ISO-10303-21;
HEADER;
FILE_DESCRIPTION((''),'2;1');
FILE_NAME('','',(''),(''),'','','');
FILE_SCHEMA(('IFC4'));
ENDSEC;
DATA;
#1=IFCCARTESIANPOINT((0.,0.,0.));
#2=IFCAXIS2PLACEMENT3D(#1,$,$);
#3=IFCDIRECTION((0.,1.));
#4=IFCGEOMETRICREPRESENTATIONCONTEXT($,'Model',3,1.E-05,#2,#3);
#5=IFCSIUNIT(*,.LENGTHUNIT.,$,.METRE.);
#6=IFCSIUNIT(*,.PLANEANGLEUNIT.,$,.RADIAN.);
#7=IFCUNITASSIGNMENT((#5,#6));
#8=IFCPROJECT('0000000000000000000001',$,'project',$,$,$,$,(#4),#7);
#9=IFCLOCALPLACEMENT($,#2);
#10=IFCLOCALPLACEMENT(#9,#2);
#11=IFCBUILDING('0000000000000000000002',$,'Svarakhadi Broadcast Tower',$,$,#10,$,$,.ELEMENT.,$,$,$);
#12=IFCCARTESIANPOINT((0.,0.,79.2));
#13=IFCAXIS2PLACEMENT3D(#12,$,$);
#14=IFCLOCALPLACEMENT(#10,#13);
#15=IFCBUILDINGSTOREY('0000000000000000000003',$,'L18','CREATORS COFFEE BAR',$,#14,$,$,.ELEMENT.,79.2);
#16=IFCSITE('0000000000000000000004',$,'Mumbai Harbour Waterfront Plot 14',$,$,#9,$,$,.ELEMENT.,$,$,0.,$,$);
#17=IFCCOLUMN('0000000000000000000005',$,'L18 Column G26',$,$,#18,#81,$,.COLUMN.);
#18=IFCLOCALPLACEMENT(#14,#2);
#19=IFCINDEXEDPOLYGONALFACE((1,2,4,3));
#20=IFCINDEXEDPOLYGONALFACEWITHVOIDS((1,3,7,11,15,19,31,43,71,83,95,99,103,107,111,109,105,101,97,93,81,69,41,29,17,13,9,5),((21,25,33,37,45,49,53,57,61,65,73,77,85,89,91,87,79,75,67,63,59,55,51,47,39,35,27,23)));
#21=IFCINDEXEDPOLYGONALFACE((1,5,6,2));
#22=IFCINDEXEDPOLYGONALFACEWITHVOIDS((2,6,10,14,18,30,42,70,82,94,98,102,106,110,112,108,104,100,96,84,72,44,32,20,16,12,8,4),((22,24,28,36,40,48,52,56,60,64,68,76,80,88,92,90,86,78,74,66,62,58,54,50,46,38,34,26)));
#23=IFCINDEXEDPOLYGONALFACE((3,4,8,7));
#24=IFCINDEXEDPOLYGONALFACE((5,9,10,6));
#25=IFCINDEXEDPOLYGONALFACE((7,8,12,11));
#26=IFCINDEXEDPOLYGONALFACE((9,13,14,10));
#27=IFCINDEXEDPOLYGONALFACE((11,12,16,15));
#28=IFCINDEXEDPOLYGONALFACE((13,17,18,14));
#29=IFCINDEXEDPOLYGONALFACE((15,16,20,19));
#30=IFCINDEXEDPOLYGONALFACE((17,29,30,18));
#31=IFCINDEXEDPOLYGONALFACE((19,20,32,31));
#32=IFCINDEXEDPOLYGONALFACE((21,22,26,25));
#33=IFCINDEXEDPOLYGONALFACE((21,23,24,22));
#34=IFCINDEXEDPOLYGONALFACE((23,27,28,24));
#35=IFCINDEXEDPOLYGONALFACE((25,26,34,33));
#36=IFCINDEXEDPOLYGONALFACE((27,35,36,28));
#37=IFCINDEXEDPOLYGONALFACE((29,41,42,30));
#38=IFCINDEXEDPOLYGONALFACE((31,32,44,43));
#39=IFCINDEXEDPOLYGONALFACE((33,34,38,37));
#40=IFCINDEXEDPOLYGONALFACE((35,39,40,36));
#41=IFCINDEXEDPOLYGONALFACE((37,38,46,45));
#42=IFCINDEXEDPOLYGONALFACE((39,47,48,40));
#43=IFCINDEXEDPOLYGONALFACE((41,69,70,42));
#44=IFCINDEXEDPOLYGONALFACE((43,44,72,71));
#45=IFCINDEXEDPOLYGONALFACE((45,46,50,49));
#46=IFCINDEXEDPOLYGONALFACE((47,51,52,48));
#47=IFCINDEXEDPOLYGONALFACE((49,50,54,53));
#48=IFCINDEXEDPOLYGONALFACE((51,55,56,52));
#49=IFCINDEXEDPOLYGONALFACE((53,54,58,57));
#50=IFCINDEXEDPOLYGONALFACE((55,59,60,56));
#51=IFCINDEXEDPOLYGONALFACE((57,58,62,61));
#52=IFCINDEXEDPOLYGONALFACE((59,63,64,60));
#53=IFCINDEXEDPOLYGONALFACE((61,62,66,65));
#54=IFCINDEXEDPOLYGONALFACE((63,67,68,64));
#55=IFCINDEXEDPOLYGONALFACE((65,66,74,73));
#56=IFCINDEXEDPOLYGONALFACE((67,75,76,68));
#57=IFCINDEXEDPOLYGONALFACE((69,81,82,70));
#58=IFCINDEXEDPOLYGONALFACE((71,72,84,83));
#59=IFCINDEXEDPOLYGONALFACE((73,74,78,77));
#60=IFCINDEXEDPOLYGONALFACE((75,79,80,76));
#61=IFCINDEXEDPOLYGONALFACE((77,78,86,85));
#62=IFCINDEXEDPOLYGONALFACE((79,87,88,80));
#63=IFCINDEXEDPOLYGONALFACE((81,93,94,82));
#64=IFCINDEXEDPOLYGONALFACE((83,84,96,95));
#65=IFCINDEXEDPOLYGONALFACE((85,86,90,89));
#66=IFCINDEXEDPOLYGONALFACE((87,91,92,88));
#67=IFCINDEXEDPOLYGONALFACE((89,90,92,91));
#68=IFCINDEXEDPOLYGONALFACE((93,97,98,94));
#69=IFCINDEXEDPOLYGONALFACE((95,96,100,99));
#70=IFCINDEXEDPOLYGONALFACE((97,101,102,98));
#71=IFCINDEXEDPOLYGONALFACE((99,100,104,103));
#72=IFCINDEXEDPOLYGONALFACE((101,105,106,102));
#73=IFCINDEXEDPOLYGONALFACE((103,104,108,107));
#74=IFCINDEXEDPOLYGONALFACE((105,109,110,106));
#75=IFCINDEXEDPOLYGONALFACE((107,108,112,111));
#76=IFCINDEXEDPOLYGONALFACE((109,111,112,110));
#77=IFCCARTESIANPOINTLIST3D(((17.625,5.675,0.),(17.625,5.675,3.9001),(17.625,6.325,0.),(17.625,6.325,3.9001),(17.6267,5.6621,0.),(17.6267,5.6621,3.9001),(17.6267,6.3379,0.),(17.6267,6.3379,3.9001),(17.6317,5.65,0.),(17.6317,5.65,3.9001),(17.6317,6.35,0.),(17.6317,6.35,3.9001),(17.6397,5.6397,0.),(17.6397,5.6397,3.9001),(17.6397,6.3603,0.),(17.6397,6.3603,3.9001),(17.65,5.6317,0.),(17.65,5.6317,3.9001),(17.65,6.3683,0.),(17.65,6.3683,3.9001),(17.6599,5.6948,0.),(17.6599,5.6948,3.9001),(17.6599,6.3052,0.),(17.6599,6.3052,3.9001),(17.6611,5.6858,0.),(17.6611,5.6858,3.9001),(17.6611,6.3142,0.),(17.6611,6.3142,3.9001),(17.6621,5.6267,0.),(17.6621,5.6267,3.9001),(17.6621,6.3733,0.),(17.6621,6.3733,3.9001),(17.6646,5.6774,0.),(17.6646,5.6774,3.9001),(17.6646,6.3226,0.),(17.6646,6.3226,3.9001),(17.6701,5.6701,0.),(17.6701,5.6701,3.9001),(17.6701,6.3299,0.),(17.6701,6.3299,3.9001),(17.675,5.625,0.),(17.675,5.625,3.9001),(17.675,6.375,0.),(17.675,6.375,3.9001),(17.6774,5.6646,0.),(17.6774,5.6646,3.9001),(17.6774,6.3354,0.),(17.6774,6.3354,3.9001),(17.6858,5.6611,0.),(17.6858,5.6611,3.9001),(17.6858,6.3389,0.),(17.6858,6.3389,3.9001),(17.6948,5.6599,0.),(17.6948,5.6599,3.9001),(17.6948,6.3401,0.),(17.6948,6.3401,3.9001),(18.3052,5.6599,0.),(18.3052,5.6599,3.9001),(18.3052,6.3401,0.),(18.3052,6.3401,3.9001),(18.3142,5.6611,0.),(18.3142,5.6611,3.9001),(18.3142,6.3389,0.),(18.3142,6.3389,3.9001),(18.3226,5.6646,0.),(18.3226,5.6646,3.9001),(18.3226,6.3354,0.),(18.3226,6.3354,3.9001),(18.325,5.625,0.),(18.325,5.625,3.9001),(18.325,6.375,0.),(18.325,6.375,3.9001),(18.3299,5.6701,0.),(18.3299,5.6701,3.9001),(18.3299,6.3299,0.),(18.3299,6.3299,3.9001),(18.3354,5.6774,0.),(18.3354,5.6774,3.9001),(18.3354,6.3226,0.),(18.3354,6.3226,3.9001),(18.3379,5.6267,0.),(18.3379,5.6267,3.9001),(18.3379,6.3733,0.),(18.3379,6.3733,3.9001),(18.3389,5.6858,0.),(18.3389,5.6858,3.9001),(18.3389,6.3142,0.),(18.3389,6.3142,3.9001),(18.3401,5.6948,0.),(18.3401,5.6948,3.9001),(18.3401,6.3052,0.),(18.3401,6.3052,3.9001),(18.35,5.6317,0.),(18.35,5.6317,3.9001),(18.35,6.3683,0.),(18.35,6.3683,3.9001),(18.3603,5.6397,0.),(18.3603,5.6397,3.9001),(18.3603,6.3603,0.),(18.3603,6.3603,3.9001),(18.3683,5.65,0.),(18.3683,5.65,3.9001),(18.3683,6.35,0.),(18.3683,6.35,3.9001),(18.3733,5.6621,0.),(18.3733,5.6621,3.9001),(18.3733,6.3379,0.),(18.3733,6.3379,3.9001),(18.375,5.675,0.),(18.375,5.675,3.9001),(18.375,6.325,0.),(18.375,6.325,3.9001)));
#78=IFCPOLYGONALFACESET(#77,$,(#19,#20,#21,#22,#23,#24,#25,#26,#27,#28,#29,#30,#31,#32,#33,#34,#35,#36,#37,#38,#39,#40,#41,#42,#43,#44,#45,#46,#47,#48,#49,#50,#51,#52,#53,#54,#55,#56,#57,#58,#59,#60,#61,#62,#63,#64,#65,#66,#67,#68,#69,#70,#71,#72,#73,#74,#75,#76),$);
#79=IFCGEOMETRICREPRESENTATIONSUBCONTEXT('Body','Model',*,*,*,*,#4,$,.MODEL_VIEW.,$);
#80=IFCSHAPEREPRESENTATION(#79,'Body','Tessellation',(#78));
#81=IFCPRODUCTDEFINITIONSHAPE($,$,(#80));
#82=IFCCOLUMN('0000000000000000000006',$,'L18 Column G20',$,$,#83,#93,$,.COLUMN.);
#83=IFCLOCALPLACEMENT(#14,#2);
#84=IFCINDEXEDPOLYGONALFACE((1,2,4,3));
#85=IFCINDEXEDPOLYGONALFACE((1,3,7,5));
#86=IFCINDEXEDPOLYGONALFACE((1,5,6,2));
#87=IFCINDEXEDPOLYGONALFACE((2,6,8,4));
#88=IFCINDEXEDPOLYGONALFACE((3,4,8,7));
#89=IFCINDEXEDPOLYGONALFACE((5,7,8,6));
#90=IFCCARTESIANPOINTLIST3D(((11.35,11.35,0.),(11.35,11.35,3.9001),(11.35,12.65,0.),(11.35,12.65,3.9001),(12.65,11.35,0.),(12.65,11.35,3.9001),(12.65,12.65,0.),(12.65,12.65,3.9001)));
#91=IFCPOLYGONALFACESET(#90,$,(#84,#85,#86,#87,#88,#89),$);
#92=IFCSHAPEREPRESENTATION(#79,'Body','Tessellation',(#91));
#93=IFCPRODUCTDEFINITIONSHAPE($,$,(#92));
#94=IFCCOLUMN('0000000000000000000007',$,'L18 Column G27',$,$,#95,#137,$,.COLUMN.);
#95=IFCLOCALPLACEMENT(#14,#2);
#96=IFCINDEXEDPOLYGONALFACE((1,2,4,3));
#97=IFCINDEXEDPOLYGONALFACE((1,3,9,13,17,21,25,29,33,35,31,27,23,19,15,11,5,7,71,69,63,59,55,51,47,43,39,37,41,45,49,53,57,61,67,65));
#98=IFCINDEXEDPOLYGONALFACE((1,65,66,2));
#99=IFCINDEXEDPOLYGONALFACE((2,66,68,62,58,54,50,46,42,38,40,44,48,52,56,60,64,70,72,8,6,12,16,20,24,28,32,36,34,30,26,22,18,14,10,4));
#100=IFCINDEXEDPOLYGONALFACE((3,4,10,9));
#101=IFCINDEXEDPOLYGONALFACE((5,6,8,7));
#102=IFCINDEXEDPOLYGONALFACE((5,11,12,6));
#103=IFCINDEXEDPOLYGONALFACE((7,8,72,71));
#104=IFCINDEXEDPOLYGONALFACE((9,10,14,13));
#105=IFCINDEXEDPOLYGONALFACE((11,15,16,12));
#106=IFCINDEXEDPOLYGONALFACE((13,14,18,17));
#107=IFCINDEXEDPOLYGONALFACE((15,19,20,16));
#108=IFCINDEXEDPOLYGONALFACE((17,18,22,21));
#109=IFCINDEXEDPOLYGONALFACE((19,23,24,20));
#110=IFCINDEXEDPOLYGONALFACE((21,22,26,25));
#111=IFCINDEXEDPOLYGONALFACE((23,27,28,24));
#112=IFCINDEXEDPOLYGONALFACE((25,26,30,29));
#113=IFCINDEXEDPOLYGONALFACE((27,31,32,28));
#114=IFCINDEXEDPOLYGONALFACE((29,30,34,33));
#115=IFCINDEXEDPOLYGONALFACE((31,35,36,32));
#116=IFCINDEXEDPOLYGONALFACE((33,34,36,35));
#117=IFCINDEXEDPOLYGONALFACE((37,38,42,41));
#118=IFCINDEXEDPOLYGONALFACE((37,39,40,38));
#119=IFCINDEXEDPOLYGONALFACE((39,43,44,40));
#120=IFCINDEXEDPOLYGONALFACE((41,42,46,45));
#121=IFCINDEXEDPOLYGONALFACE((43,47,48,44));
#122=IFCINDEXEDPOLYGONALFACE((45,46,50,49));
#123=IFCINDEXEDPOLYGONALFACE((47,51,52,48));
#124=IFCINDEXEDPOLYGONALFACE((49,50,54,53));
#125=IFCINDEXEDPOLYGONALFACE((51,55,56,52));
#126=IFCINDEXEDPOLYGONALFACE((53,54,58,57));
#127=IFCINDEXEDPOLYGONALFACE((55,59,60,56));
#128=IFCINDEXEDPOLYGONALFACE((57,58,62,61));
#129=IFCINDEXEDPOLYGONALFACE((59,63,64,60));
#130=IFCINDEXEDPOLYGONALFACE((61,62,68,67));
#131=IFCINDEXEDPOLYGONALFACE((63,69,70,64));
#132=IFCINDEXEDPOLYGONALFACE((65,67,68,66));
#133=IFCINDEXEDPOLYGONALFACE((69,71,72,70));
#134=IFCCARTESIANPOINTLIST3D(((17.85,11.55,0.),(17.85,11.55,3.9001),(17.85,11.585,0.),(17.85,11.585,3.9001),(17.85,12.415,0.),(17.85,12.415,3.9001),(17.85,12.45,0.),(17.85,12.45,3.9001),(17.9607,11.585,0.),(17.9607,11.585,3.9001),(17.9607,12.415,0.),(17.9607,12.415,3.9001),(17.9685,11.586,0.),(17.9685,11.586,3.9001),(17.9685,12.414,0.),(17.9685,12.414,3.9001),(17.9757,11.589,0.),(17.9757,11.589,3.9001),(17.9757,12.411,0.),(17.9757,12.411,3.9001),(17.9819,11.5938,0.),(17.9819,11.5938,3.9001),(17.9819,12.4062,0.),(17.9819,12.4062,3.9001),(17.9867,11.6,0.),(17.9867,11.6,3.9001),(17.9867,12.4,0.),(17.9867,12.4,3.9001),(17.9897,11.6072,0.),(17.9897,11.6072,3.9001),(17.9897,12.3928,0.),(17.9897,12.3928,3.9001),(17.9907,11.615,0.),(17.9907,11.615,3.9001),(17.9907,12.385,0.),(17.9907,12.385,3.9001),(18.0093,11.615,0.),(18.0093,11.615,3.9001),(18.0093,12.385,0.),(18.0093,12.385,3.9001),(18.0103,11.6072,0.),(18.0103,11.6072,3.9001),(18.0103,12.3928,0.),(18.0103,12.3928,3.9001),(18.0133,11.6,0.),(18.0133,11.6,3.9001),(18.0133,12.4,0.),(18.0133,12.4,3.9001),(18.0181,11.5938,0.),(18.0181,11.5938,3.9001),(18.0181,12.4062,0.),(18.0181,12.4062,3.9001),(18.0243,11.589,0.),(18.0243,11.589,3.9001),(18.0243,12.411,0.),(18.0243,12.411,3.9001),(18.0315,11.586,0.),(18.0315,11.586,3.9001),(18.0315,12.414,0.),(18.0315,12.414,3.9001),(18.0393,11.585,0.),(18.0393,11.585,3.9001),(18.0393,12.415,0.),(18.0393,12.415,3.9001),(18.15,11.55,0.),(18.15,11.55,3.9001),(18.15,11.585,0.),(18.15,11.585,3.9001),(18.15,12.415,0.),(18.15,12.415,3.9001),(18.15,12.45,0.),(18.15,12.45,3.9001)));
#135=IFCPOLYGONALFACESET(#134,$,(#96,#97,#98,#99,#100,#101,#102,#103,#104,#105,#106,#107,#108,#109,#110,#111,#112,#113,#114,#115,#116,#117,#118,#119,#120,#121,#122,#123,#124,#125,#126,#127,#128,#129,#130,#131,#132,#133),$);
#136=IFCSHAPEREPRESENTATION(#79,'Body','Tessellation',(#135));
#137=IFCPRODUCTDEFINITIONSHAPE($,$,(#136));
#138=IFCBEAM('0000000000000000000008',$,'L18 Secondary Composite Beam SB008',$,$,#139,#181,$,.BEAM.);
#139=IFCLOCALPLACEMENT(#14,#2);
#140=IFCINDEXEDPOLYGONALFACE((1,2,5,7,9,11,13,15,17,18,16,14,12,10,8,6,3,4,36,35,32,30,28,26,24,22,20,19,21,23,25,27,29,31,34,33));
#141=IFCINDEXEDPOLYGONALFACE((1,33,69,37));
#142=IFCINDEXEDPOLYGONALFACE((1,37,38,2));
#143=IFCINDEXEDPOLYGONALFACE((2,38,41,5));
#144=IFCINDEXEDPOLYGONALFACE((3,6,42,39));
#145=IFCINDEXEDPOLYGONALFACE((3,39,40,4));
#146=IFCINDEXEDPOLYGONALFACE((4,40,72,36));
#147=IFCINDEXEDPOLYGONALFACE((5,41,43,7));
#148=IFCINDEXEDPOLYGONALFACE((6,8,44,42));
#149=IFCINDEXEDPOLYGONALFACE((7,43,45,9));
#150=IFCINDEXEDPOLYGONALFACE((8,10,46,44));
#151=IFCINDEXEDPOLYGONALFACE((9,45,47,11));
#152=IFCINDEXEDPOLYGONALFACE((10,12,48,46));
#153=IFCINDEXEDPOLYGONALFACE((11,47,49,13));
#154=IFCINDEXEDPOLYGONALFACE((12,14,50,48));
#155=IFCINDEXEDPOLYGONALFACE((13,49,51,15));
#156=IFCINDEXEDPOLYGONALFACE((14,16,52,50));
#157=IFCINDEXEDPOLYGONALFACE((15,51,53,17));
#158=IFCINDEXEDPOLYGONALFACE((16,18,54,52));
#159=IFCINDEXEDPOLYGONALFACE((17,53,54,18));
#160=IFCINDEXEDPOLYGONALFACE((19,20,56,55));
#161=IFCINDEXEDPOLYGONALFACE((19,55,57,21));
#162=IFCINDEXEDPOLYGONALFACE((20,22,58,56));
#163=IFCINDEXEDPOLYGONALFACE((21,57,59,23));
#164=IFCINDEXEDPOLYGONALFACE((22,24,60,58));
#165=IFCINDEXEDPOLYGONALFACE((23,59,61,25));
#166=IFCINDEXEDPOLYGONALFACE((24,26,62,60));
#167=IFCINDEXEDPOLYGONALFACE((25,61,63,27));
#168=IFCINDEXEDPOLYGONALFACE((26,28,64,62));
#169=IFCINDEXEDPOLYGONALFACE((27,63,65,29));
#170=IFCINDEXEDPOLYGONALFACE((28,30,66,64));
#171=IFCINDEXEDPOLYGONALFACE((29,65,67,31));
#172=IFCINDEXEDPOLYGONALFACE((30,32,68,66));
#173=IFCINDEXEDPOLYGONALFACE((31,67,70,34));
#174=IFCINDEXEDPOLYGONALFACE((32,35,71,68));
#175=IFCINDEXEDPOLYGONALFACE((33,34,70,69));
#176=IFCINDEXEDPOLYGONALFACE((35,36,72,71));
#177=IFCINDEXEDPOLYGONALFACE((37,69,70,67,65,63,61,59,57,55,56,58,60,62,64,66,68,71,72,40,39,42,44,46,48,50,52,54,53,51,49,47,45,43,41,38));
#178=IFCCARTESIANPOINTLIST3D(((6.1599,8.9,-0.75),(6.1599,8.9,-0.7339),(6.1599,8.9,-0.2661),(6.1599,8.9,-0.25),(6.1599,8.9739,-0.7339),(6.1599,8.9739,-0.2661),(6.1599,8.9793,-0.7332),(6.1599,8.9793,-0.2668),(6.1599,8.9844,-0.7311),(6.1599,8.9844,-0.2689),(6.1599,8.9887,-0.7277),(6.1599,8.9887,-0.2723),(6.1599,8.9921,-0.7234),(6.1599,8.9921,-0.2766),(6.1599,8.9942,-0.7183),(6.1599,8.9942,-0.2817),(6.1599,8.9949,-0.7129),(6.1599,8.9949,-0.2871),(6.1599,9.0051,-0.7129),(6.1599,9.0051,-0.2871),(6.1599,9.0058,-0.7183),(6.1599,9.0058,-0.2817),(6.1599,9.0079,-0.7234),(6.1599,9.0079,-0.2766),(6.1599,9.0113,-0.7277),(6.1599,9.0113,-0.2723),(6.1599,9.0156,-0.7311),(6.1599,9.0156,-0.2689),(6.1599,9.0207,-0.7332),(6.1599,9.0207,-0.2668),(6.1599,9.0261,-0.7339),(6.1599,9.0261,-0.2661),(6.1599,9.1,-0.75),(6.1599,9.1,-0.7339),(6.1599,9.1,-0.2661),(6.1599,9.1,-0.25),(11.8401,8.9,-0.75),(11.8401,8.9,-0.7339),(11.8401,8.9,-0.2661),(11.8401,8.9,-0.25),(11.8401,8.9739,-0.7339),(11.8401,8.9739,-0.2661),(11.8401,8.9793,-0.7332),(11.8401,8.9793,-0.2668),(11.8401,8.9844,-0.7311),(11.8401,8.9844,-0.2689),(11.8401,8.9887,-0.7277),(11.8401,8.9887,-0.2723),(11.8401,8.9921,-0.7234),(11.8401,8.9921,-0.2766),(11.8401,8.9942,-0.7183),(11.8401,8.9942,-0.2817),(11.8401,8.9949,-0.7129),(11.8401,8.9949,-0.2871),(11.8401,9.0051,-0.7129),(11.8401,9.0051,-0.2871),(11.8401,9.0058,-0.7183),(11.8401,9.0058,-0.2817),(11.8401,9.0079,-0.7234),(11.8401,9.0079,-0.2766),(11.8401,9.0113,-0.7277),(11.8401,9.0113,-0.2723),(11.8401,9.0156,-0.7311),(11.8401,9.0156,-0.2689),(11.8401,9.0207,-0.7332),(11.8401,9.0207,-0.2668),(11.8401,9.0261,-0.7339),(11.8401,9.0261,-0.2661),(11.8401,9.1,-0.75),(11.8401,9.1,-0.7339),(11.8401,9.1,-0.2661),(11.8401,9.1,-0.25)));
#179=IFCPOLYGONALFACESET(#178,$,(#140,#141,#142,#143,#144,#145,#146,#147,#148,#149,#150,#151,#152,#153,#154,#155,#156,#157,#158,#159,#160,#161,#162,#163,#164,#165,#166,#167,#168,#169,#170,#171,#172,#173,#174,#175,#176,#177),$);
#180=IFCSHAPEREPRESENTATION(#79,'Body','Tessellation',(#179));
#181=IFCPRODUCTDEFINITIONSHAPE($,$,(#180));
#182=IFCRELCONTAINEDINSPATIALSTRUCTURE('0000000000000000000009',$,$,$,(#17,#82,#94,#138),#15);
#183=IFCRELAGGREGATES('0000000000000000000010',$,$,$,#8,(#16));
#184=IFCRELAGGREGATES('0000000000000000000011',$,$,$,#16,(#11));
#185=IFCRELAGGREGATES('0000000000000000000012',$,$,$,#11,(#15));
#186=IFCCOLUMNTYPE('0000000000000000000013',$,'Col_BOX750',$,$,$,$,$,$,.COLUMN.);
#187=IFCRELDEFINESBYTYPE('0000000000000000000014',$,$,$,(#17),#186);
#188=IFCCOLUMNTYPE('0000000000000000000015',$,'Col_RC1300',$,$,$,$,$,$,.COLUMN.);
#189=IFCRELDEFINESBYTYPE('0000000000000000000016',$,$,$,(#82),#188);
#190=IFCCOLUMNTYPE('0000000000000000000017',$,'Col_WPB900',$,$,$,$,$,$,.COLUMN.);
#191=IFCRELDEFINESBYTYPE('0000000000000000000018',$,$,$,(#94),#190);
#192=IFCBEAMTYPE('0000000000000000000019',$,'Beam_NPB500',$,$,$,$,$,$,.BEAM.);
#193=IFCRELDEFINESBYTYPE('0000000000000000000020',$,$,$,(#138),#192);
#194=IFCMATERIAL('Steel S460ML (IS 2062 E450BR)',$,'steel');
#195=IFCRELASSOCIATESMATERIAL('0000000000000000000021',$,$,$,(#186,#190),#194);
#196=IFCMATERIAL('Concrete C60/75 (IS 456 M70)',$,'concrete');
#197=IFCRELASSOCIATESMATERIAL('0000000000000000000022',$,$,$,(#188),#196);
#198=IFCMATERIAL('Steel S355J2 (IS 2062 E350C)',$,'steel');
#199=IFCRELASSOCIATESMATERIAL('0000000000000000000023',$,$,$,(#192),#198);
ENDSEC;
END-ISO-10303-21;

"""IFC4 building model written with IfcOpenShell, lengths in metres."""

from ifc_helpers import new_model, si_unit, direction, frame, origin, origin_2d, place, context, subcontext, project, spatial, rectangle, hollow_rectangle, i_section, extrude, material, material_profile, profile_set, type_object, element, save


model = new_model("IFC4")

# Units and contexts
model_context = context("Model", 3, precision=1e-05, world=origin(), true_north=direction((0.0, 1.0)))
body_context = subcontext(model_context, "Body", "Model", "MODEL_VIEW")
ifc_project = project(units=[si_unit("LENGTHUNIT", "METRE"), si_unit("PLANEANGLEUNIT", "RADIAN")], contexts=[model_context])

# Site, building, storey
site_placement = place(None, origin())
site = spatial("IfcSite", under=ifc_project, at=site_placement, Name="Mumbai Harbour Waterfront Plot 14", CompositionType="ELEMENT", RefElevation=0.0)
building_placement = place(site_placement, origin())
building = spatial("IfcBuilding", under=site, at=building_placement, Name="Svarakhadi Broadcast Tower", CompositionType="ELEMENT")
storey_placement = place(building_placement, frame((0.0, 0.0, 79.2)))
storey = spatial("IfcBuildingStorey", under=building, at=storey_placement, Name="L18", Description="CREATORS COFFEE BAR", CompositionType="ELEMENT", Elevation=79.2)

# Columns
ifc_material_1 = material(Name="Steel S460ML (IS 2062 E450BR)", Category="steel")
ifc_material_profile_1 = material_profile(ifc_material_1, hollow_rectangle(XDim=0.75, YDim=0.75, WallThickness=0.0349, InnerFilletRadius=0.0349, OuterFilletRadius=0.05, at=origin_2d()), Name="BOX 750x750x35")
ifc_profile_set_1 = profile_set([ifc_material_profile_1], Name="Steel S460ML (IS 2062 E450BR)")
column_type_1 = type_object("IfcColumnType", Name="Col_BOX750", PredefinedType="COLUMN", material=ifc_profile_set_1)
column_1_placement = place(storey_placement, frame((18.0, 6.0, 0.0), z_axis=(0.0, 0.0, 1.0), x_axis=(1.0, 0.0, 0.0)))
element("IfcColumn", 1, at=column_1_placement, inside=storey, type_object=column_type_1, Name="L18 Column G26", PredefinedType="COLUMN", context=body_context, shape_type="SweptSolid", body=[
    extrude(hollow_rectangle(XDim=0.75, YDim=0.75, WallThickness=0.0349, InnerFilletRadius=0.0349, OuterFilletRadius=0.05, at=origin_2d()), origin(), (0.0, 0.0, 1.0), 3.9001),
])
ifc_material_2 = material(Name="Concrete C60/75 (IS 456 M70)", Category="concrete")
ifc_material_profile_2 = material_profile(ifc_material_2, rectangle(XDim=1.3, YDim=1.3, at=origin_2d()), Name="RC 1300x1300")
ifc_profile_set_2 = profile_set([ifc_material_profile_2], Name="Concrete C60/75 (IS 456 M70)")
column_type_2 = type_object("IfcColumnType", Name="Col_RC1300", PredefinedType="COLUMN", material=ifc_profile_set_2)
column_2_placement = place(storey_placement, frame((12.0, 12.0, 0.0), z_axis=(0.0, 0.0, 1.0), x_axis=(1.0, 0.0, 0.0)))
element("IfcColumn", 2, at=column_2_placement, inside=storey, type_object=column_type_2, Name="L18 Column G20", PredefinedType="COLUMN", context=body_context, shape_type="SweptSolid", body=[
    extrude(rectangle(XDim=1.3, YDim=1.3, at=origin_2d()), origin(), (0.0, 0.0, 1.0), 3.9001),
])
ifc_material_profile_3 = material_profile(ifc_material_1, i_section(OverallWidth=0.3, OverallDepth=0.8999, WebThickness=0.0186, FlangeThickness=0.0349, FilletRadius=0.03, at=origin_2d()), Name="WPB 900x300x291")
ifc_profile_set_3 = profile_set([ifc_material_profile_3], Name="Steel S460ML (IS 2062 E450BR)")
column_type_3 = type_object("IfcColumnType", Name="Col_WPB900", PredefinedType="COLUMN", material=ifc_profile_set_3)
column_3_placement = place(storey_placement, frame((18.0, 12.0, 0.0), z_axis=(0.0, 0.0, 1.0), x_axis=(1.0, 0.0, 0.0)))
element("IfcColumn", 3, at=column_3_placement, inside=storey, type_object=column_type_3, Name="L18 Column G27", PredefinedType="COLUMN", context=body_context, shape_type="SweptSolid", body=[
    extrude(i_section(OverallWidth=0.3, OverallDepth=0.8999, WebThickness=0.0186, FlangeThickness=0.0349, FilletRadius=0.03, at=origin_2d()), origin(), (0.0, 0.0, 1.0), 3.9001),
])

# Beam
ifc_material_3 = material(Name="Steel S355J2 (IS 2062 E350C)", Category="steel")
ifc_material_profile_4 = material_profile(ifc_material_3, i_section(OverallWidth=0.2, OverallDepth=0.5, WebThickness=0.0103, FlangeThickness=0.0161, FilletRadius=0.021, at=origin_2d()), Name="NPB 500x200x91")
ifc_profile_set_4 = profile_set([ifc_material_profile_4], Name="Steel S355J2 (IS 2062 E350C)")
beam_type_1 = type_object("IfcBeamType", Name="Beam_NPB500", PredefinedType="BEAM", material=ifc_profile_set_4)
for number, where, z_axis, x_axis, name in (
    (4, (6.1599, 9.0, -0.5), (1.0, 0.0, 0.0), (0.0, 1.0, 0.0), "L18 Secondary Composite Beam SB008"),
):
    element("IfcBeam", number, at=place(storey_placement, frame(where, z_axis=z_axis, x_axis=x_axis)), inside=storey, type_object=beam_type_1, Name=name, PredefinedType="BEAM", context=body_context, shape_type="SweptSolid", body=[
        extrude(i_section(OverallWidth=0.2, OverallDepth=0.5, WebThickness=0.0103, FlangeThickness=0.0161, FilletRadius=0.021, at=origin_2d()), origin(), (0.0, 0.0, 1.0), 5.6802),
    ])

save(model, "model.ifc")
